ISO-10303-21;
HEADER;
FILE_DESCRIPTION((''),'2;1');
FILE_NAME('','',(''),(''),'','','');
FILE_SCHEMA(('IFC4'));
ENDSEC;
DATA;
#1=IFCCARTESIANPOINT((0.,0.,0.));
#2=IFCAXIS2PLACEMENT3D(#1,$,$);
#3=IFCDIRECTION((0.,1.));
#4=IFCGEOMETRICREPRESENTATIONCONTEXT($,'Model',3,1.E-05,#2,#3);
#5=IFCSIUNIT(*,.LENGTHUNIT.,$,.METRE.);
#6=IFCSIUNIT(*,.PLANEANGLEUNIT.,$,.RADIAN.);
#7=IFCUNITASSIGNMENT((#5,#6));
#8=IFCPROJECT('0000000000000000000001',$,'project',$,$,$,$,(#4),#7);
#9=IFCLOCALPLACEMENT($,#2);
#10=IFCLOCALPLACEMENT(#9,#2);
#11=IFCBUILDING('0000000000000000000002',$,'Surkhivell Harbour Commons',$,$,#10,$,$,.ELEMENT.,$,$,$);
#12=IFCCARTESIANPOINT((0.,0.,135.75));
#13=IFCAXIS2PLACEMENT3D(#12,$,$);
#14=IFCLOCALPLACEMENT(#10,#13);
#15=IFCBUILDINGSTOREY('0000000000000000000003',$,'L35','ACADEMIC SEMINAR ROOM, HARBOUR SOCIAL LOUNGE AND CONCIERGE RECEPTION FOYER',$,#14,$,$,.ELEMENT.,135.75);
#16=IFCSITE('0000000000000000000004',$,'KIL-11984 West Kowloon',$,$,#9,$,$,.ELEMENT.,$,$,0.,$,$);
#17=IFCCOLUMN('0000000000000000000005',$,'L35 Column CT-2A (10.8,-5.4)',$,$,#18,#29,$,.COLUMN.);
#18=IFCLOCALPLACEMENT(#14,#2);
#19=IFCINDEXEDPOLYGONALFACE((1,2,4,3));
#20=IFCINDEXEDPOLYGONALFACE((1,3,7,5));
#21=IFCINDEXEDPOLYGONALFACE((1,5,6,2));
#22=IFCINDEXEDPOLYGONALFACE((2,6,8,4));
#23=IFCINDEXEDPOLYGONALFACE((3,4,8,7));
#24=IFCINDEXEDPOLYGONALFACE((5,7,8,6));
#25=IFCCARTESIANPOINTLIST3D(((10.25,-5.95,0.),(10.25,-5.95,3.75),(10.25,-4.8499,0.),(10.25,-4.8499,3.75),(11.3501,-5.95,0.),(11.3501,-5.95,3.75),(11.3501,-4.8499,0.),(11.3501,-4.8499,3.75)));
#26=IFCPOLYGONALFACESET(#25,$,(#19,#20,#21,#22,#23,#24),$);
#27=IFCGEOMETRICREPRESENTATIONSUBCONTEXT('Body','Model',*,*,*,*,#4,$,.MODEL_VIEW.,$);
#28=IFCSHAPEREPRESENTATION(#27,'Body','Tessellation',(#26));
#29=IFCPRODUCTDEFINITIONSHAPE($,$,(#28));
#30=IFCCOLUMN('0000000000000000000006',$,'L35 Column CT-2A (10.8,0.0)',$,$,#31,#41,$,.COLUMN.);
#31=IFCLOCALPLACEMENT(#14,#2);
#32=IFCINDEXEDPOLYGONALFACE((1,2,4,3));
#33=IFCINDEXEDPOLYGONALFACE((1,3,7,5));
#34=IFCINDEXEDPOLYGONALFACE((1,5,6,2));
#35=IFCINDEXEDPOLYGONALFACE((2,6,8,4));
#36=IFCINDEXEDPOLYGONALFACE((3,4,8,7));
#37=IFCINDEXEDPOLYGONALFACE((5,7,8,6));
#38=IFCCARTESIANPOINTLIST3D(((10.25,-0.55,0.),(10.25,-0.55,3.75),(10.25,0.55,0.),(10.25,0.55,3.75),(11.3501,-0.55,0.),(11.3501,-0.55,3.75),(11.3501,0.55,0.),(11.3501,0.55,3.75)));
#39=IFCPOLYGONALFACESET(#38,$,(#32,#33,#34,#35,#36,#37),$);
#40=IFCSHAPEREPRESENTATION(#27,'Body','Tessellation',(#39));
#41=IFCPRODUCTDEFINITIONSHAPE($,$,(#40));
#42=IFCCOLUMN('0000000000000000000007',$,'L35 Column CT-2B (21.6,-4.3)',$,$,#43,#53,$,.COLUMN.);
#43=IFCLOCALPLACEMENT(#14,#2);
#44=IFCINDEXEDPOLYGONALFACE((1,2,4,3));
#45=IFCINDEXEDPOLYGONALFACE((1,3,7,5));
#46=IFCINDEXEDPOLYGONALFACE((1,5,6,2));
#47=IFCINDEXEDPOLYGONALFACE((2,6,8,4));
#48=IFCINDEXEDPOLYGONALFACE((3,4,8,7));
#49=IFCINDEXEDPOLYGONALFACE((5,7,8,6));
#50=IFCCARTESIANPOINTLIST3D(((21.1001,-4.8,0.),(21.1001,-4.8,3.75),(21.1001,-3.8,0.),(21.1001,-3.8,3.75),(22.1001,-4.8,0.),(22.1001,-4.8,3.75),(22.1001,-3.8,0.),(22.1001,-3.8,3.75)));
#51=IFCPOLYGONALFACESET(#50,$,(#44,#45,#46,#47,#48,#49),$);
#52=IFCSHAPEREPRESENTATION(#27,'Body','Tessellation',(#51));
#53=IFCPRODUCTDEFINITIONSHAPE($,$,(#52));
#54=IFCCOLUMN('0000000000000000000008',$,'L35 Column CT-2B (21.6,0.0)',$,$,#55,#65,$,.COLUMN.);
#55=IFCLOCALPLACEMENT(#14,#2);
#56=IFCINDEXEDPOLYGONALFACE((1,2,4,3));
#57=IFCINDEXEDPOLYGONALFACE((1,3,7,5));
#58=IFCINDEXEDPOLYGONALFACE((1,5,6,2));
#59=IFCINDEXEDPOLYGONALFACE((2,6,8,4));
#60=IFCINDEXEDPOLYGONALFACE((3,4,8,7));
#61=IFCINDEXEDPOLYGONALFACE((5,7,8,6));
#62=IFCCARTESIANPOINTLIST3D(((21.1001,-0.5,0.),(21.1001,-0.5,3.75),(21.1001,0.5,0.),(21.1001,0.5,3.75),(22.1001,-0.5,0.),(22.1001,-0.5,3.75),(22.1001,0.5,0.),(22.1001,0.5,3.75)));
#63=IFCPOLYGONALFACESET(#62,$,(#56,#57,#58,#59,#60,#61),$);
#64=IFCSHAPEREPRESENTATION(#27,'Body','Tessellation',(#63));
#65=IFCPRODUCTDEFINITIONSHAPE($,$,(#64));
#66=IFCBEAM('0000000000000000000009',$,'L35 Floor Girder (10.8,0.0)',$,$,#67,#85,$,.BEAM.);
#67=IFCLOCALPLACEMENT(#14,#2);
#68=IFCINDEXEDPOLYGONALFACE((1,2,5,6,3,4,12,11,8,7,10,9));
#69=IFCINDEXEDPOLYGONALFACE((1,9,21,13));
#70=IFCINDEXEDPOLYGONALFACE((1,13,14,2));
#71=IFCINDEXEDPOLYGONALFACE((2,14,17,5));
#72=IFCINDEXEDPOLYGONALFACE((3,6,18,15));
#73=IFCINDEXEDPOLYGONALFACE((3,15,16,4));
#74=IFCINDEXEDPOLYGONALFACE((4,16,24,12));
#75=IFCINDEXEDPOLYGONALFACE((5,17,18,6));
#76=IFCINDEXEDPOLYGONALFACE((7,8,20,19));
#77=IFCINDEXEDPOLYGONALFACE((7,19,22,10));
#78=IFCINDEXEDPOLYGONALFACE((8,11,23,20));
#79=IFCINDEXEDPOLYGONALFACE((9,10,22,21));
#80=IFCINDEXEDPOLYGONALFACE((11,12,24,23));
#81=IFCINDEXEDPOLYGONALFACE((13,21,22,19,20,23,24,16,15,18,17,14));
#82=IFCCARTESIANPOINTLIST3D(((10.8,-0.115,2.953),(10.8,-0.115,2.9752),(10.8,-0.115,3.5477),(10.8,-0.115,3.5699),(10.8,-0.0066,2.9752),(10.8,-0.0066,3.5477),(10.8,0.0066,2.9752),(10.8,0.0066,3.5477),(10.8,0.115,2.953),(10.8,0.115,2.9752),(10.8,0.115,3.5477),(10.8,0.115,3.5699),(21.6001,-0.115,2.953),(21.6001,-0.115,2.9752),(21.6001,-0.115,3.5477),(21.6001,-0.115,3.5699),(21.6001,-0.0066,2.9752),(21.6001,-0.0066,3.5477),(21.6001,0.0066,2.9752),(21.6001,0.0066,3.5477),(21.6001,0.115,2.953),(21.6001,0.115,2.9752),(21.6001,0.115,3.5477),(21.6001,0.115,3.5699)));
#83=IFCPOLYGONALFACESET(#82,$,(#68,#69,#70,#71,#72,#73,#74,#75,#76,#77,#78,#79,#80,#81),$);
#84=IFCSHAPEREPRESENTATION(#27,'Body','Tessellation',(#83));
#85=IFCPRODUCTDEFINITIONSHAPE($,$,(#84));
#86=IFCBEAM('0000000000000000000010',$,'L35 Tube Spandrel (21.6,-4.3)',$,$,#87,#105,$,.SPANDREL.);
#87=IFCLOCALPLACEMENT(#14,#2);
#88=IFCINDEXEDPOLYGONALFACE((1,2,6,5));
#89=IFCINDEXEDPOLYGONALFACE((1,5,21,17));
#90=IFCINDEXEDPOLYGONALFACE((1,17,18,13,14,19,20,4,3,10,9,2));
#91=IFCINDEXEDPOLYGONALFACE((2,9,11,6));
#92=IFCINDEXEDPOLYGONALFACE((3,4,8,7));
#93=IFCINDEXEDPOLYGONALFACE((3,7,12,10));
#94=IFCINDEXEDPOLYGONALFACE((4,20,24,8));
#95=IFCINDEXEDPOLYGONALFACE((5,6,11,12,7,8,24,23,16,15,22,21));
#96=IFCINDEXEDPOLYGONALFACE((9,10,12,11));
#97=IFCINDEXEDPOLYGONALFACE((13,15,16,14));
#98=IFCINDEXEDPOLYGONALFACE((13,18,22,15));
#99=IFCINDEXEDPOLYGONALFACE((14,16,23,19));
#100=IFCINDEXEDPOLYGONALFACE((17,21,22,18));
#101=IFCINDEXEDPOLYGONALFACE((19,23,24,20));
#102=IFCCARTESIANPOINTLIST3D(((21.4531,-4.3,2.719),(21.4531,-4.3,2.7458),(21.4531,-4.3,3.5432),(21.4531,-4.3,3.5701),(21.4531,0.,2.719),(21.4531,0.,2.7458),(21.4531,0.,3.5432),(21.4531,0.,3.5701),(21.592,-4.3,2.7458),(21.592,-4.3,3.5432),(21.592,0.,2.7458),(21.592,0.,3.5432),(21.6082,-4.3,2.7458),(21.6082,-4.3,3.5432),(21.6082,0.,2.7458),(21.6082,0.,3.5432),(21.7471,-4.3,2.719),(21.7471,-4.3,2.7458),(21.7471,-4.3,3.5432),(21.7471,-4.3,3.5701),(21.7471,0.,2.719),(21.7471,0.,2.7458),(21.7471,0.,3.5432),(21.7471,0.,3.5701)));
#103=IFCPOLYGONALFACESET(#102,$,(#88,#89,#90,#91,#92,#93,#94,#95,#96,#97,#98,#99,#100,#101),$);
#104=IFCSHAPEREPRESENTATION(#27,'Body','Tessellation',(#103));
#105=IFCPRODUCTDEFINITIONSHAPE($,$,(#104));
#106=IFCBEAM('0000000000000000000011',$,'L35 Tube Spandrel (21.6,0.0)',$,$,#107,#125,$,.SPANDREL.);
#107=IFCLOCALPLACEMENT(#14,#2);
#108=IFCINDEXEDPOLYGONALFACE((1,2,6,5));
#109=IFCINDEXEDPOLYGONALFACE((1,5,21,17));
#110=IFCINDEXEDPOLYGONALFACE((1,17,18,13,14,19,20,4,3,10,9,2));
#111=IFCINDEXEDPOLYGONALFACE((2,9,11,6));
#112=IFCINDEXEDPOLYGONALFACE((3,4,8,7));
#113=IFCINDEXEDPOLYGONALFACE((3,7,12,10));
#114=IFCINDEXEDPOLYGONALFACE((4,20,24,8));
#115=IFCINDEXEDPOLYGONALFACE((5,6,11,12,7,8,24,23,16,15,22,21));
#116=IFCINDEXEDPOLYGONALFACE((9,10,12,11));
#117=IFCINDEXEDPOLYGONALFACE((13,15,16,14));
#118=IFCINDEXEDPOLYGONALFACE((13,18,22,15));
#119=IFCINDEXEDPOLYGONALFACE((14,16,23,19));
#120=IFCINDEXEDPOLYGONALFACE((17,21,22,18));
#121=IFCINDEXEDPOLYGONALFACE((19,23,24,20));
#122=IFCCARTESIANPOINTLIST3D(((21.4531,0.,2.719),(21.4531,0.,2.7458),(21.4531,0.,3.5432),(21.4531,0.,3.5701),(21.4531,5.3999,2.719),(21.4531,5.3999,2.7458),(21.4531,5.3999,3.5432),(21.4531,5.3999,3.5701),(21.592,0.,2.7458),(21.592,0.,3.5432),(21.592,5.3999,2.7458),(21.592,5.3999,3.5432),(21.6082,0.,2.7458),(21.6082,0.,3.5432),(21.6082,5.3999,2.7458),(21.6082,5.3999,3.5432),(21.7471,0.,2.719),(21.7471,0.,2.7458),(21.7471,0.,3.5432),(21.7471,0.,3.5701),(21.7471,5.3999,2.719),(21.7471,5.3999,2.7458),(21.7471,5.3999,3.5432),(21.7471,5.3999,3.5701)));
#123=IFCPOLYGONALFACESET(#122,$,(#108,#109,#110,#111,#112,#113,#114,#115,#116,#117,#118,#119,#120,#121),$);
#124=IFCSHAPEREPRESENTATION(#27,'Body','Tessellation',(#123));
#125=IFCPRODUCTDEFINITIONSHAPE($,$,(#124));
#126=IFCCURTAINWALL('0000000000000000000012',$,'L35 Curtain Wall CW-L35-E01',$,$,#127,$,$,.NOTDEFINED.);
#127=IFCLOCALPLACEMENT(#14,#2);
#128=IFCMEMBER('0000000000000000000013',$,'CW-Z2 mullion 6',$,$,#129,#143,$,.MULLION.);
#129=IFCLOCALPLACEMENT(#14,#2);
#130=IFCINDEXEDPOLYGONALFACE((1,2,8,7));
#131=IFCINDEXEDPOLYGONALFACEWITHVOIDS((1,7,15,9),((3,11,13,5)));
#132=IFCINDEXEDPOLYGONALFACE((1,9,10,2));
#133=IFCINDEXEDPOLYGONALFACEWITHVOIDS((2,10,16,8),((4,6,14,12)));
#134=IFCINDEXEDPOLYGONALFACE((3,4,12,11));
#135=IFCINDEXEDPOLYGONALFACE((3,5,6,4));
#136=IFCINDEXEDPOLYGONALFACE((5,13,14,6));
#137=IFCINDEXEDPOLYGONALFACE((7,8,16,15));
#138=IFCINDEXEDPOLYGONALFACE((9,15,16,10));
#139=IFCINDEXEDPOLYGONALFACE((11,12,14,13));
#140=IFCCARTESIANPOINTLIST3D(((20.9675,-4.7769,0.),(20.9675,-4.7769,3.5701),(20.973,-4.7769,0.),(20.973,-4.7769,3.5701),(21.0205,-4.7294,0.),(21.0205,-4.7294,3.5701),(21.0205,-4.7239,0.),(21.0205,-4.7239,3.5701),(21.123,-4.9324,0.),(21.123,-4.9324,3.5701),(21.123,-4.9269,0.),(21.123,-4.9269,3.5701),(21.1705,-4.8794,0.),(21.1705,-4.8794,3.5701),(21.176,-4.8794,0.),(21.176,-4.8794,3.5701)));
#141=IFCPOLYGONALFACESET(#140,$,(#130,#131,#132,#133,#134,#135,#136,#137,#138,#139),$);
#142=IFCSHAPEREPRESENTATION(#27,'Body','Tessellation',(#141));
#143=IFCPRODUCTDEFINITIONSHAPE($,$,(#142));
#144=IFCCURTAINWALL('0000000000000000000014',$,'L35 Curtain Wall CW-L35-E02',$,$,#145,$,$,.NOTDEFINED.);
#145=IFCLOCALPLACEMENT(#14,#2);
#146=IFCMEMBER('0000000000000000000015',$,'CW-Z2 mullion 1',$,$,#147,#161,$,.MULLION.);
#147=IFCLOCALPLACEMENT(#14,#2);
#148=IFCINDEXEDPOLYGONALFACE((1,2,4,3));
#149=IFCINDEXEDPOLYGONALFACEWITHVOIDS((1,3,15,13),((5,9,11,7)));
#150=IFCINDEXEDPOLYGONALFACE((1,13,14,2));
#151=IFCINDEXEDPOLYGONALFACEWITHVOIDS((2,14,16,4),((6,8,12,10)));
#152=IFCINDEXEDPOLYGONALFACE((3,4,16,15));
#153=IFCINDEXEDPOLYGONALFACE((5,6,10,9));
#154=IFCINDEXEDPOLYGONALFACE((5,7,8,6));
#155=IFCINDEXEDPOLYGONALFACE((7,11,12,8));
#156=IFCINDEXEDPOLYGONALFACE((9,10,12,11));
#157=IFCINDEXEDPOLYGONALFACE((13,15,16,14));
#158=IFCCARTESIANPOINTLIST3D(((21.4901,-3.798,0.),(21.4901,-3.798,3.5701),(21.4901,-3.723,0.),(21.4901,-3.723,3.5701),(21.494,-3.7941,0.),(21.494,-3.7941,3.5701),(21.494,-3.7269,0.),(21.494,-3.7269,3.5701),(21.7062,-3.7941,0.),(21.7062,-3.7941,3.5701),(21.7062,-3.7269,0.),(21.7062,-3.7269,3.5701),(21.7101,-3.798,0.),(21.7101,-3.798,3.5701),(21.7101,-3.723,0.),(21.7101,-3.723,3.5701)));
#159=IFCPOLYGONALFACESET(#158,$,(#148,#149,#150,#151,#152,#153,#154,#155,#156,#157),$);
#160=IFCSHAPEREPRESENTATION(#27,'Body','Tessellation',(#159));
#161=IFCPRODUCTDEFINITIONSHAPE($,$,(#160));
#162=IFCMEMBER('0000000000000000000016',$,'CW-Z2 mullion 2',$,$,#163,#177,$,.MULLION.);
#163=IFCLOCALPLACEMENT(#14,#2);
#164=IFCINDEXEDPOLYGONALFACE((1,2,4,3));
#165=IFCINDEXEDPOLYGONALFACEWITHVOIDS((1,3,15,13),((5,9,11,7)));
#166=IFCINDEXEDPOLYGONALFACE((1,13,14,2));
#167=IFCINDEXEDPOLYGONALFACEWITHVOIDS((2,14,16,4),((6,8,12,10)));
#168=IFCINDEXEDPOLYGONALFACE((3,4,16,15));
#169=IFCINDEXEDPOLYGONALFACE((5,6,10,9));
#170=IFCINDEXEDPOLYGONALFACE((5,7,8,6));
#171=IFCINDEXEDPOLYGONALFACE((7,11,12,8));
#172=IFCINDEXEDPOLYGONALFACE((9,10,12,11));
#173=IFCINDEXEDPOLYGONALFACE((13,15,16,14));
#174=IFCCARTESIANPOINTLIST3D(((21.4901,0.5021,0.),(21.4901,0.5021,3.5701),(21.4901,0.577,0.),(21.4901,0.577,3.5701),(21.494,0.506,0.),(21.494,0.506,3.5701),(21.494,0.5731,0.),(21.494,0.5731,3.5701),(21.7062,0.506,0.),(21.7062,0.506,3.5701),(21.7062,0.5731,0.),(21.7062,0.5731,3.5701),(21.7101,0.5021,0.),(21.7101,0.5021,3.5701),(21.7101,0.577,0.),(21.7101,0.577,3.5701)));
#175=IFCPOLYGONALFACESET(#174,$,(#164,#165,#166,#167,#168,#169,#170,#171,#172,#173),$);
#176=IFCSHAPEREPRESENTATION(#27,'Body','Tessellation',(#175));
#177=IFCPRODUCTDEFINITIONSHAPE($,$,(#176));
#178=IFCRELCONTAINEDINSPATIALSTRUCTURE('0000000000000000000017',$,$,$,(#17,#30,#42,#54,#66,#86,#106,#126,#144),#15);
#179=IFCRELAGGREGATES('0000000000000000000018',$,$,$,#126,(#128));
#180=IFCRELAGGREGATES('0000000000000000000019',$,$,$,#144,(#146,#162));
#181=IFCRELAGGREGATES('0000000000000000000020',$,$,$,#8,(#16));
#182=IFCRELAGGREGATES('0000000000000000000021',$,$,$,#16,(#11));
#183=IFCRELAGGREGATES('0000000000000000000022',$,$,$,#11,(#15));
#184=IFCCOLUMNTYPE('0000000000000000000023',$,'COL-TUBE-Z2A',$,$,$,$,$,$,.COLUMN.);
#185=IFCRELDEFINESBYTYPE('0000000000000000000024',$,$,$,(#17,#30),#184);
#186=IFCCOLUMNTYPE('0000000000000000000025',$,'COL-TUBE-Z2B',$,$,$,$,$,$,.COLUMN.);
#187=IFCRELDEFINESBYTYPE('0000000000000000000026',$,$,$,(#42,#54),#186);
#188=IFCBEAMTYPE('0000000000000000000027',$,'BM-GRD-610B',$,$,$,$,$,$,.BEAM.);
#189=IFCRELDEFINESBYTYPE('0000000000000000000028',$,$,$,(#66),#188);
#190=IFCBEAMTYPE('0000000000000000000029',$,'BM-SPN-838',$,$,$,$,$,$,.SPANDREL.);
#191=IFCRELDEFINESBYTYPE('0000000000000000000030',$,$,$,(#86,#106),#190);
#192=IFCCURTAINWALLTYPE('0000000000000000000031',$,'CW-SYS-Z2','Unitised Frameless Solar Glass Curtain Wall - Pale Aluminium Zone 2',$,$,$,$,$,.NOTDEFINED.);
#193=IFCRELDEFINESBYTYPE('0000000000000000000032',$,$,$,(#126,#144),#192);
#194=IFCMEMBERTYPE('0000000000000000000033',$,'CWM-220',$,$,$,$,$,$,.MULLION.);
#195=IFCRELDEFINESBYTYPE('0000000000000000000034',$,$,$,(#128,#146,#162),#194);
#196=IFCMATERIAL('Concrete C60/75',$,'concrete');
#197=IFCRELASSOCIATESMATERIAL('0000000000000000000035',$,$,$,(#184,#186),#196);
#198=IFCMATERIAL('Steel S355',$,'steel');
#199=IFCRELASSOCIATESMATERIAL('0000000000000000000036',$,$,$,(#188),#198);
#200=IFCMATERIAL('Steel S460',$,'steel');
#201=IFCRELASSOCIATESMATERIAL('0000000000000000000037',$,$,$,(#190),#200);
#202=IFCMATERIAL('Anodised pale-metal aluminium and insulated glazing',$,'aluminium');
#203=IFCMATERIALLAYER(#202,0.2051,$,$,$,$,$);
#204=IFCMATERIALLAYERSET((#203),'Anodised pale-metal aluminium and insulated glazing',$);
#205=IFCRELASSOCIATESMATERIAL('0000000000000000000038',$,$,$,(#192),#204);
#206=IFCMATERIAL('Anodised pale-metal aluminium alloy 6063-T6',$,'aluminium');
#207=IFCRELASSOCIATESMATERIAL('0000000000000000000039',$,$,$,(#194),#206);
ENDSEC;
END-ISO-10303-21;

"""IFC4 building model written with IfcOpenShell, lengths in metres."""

from ifc_helpers import new_model, si_unit, direction, frame, origin, origin_2d, place, context, subcontext, project, spatial, rectangle, hollow_rectangle, i_section, extrude, material, layer, layer_set, material_profile, profile_set, type_object, element, aggregate, save


model = new_model("IFC4")

# Units and contexts
model_context = context("Model", 3, precision=1e-05, world=origin(), true_north=direction((0.0, 1.0)))
body_context = subcontext(model_context, "Body", "Model", "MODEL_VIEW")
ifc_project = project(units=[si_unit("LENGTHUNIT", "METRE"), si_unit("PLANEANGLEUNIT", "RADIAN")], contexts=[model_context])

# Site, building, storey
site_placement = place(None, origin())
site = spatial("IfcSite", under=ifc_project, at=site_placement, Name="KIL-11984 West Kowloon", CompositionType="ELEMENT", RefElevation=0.0)
building_placement = place(site_placement, origin())
building = spatial("IfcBuilding", under=site, at=building_placement, Name="Surkhivell Harbour Commons", CompositionType="ELEMENT")
storey_placement = place(building_placement, frame((0.0, 0.0, 135.75)))
storey = spatial("IfcBuildingStorey", under=building, at=storey_placement, Name="L35", Description="ACADEMIC SEMINAR ROOM, HARBOUR SOCIAL LOUNGE AND CONCIERGE RECEPTION FOYER", CompositionType="ELEMENT", Elevation=135.75)

# Columns
ifc_material_1 = material(Name="Concrete C60/75", Category="concrete")
ifc_material_profile_1 = material_profile(ifc_material_1, rectangle(XDim=1.1001, YDim=1.1001, at=origin_2d()), Name="RC-COL-1100x1100")
ifc_profile_set_1 = profile_set([ifc_material_profile_1], Name="Concrete C60/75")
column_type_1 = type_object("IfcColumnType", Name="COL-TUBE-Z2A", PredefinedType="COLUMN", material=ifc_profile_set_1)
for number, where, z_axis, x_axis, name in (
    (1, (10.8, -5.3999, 0.0), (0.0, 0.0, 1.0), (1.0, 0.0, 0.0), "L35 Column CT-2A (10.8,-5.4)"),
    (2, (10.8, 0.0, 0.0), (0.0, 0.0, 1.0), (1.0, 0.0, 0.0), "L35 Column CT-2A (10.8,0.0)"),
):
    element("IfcColumn", number, at=place(storey_placement, frame(where, z_axis=z_axis, x_axis=x_axis)), inside=storey, type_object=column_type_1, Name=name, PredefinedType="COLUMN", context=body_context, shape_type="SweptSolid", body=[
        extrude(rectangle(XDim=1.1001, YDim=1.1001, at=origin_2d()), origin(), (0.0, 0.0, 1.0), 3.75),
    ])
ifc_material_profile_2 = material_profile(ifc_material_1, rectangle(XDim=1.0, YDim=1.0, at=origin_2d()), Name="RC-COL-1000x1000")
ifc_profile_set_2 = profile_set([ifc_material_profile_2], Name="Concrete C60/75")
column_type_2 = type_object("IfcColumnType", Name="COL-TUBE-Z2B", PredefinedType="COLUMN", material=ifc_profile_set_2)
for number, where, z_axis, x_axis, name in (
    (3, (21.6001, -4.3, 0.0), (0.0, 0.0, 1.0), (1.0, 0.0, 0.0), "L35 Column CT-2B (21.6,-4.3)"),
    (4, (21.6001, 0.0, 0.0), (0.0, 0.0, 1.0), (1.0, 0.0, 0.0), "L35 Column CT-2B (21.6,0.0)"),
):
    element("IfcColumn", number, at=place(storey_placement, frame(where, z_axis=z_axis, x_axis=x_axis)), inside=storey, type_object=column_type_2, Name=name, PredefinedType="COLUMN", context=body_context, shape_type="SweptSolid", body=[
        extrude(rectangle(XDim=1.0, YDim=1.0, at=origin_2d()), origin(), (0.0, 0.0, 1.0), 3.75),
    ])

# Beams
ifc_material_2 = material(Name="Steel S355", Category="steel")
ifc_material_profile_3 = material_profile(ifc_material_2, i_section(OverallWidth=0.23, OverallDepth=0.6169, WebThickness=0.0132, FlangeThickness=0.0222, at=origin_2d()), Name="UB610x229x140")
ifc_profile_set_3 = profile_set([ifc_material_profile_3], Name="Steel S355")
beam_type_1 = type_object("IfcBeamType", Name="BM-GRD-610B", PredefinedType="BEAM", material=ifc_profile_set_3)
beam_1_placement = place(storey_placement, frame((10.8, 0.0, 3.2615), z_axis=(1.0, 0.0, 0.0), x_axis=(0.0, 1.0, 0.0)))
element("IfcBeam", 5, at=beam_1_placement, inside=storey, type_object=beam_type_1, Name="L35 Floor Girder (10.8,0.0)", PredefinedType="BEAM", context=body_context, shape_type="SweptSolid", body=[
    extrude(i_section(OverallWidth=0.23, OverallDepth=0.6169, WebThickness=0.0132, FlangeThickness=0.0222, at=origin_2d()), origin(), (0.0, 0.0, 1.0), 10.8),
])
ifc_material_3 = material(Name="Steel S460", Category="steel")
ifc_material_profile_4 = material_profile(ifc_material_3, i_section(OverallWidth=0.2939, OverallDepth=0.8511, WebThickness=0.0161, FlangeThickness=0.0269, at=origin_2d()), Name="UB838x292x226")
ifc_profile_set_4 = profile_set([ifc_material_profile_4], Name="Steel S460")
beam_type_2 = type_object("IfcBeamType", Name="BM-SPN-838", PredefinedType="SPANDREL", material=ifc_profile_set_4)
beam_2_placement = place(storey_placement, frame((21.6001, -4.3, 3.1445), z_axis=(0.0, 1.0, 0.0), x_axis=(-1.0, 0.0, 0.0)))
element("IfcBeam", 6, at=beam_2_placement, inside=storey, type_object=beam_type_2, Name="L35 Tube Spandrel (21.6,-4.3)", PredefinedType="SPANDREL", context=body_context, shape_type="SweptSolid", body=[
    extrude(i_section(OverallWidth=0.2939, OverallDepth=0.8511, WebThickness=0.0161, FlangeThickness=0.0269, at=origin_2d()), origin(), (0.0, 0.0, 1.0), 4.3),
])
beam_3_placement = place(storey_placement, frame((21.6001, 0.0, 3.1445), z_axis=(0.0, 1.0, 0.0), x_axis=(-1.0, 0.0, 0.0)))
element("IfcBeam", 7, at=beam_3_placement, inside=storey, type_object=beam_type_2, Name="L35 Tube Spandrel (21.6,0.0)", PredefinedType="SPANDREL", context=body_context, shape_type="SweptSolid", body=[
    extrude(i_section(OverallWidth=0.2939, OverallDepth=0.8511, WebThickness=0.0161, FlangeThickness=0.0269, at=origin_2d()), origin(), (0.0, 0.0, 1.0), 5.3999),
])

# Curtain wall, member
ifc_material_4 = material(Name="Anodised pale-metal aluminium and insulated glazing", Category="aluminium")
ifc_layer_1 = layer(ifc_material_4, 0.2051)
ifc_layer_set_1 = layer_set([ifc_layer_1], Name="Anodised pale-metal aluminium and insulated glazing")
curtain_wall_type = type_object("IfcCurtainWallType", Name="CW-SYS-Z2", Description="Unitised Frameless Solar Glass Curtain Wall - Pale Aluminium Zone 2", PredefinedType="NOTDEFINED", material=ifc_layer_set_1)
curtain_wall_1_placement = place(storey_placement, origin())
curtain_wall_1 = element("IfcCurtainWall", 8, at=curtain_wall_1_placement, inside=storey, type_object=curtain_wall_type, Name="L35 Curtain Wall CW-L35-E01", PredefinedType="NOTDEFINED")
ifc_material_5 = material(Name="Anodised pale-metal aluminium alloy 6063-T6", Category="aluminium")
ifc_material_profile_5 = material_profile(ifc_material_5, hollow_rectangle(XDim=0.075, YDim=0.22, WallThickness=0.0039, at=origin_2d()), Name="ALU-MULL-75x220")
ifc_profile_set_5 = profile_set([ifc_material_profile_5], Name="Anodised pale-metal aluminium alloy 6063-T6")
member_type_1 = type_object("IfcMemberType", Name="CWM-220", PredefinedType="MULLION", material=ifc_profile_set_5)
member_1_placement = place(storey_placement, frame((21.0718, -4.8281, 0.0), z_axis=(0.0, 0.0, 1.0), x_axis=(0.707107, 0.707107, 0.0)))
member_1 = element("IfcMember", 9, at=member_1_placement, type_object=member_type_1, Name="CW-Z2 mullion 6", PredefinedType="MULLION", context=body_context, shape_type="SweptSolid", body=[
    extrude(hollow_rectangle(XDim=0.075, YDim=0.22, WallThickness=0.0039, at=origin_2d()), origin(), (0.0, 0.0, 1.0), 3.5701),
])
aggregate(curtain_wall_1, [member_1])

# Curtain wall, members
curtain_wall_2_placement = place(storey_placement, origin())
curtain_wall_2 = element("IfcCurtainWall", 10, at=curtain_wall_2_placement, inside=storey, type_object=curtain_wall_type, Name="L35 Curtain Wall CW-L35-E02", PredefinedType="NOTDEFINED")
member_2_placement = place(storey_placement, frame((21.6001, -3.7605, 0.0), z_axis=(0.0, 0.0, 1.0), x_axis=(0.0, 1.0, 0.0)))
member_2 = element("IfcMember", 11, at=member_2_placement, type_object=member_type_1, Name="CW-Z2 mullion 1", PredefinedType="MULLION", context=body_context, shape_type="SweptSolid", body=[
    extrude(hollow_rectangle(XDim=0.075, YDim=0.22, WallThickness=0.0039, at=origin_2d()), origin(), (0.0, 0.0, 1.0), 3.5701),
])
member_3_placement = place(storey_placement, frame((21.6001, 0.5396, 0.0), z_axis=(0.0, 0.0, 1.0), x_axis=(0.0, 1.0, 0.0)))
member_3 = element("IfcMember", 12, at=member_3_placement, type_object=member_type_1, Name="CW-Z2 mullion 2", PredefinedType="MULLION", context=body_context, shape_type="SweptSolid", body=[
    extrude(hollow_rectangle(XDim=0.075, YDim=0.22, WallThickness=0.0039, at=origin_2d()), origin(), (0.0, 0.0, 1.0), 3.5701),
])
aggregate(curtain_wall_2, [member_2, member_3])

save(model, "model.ifc")
